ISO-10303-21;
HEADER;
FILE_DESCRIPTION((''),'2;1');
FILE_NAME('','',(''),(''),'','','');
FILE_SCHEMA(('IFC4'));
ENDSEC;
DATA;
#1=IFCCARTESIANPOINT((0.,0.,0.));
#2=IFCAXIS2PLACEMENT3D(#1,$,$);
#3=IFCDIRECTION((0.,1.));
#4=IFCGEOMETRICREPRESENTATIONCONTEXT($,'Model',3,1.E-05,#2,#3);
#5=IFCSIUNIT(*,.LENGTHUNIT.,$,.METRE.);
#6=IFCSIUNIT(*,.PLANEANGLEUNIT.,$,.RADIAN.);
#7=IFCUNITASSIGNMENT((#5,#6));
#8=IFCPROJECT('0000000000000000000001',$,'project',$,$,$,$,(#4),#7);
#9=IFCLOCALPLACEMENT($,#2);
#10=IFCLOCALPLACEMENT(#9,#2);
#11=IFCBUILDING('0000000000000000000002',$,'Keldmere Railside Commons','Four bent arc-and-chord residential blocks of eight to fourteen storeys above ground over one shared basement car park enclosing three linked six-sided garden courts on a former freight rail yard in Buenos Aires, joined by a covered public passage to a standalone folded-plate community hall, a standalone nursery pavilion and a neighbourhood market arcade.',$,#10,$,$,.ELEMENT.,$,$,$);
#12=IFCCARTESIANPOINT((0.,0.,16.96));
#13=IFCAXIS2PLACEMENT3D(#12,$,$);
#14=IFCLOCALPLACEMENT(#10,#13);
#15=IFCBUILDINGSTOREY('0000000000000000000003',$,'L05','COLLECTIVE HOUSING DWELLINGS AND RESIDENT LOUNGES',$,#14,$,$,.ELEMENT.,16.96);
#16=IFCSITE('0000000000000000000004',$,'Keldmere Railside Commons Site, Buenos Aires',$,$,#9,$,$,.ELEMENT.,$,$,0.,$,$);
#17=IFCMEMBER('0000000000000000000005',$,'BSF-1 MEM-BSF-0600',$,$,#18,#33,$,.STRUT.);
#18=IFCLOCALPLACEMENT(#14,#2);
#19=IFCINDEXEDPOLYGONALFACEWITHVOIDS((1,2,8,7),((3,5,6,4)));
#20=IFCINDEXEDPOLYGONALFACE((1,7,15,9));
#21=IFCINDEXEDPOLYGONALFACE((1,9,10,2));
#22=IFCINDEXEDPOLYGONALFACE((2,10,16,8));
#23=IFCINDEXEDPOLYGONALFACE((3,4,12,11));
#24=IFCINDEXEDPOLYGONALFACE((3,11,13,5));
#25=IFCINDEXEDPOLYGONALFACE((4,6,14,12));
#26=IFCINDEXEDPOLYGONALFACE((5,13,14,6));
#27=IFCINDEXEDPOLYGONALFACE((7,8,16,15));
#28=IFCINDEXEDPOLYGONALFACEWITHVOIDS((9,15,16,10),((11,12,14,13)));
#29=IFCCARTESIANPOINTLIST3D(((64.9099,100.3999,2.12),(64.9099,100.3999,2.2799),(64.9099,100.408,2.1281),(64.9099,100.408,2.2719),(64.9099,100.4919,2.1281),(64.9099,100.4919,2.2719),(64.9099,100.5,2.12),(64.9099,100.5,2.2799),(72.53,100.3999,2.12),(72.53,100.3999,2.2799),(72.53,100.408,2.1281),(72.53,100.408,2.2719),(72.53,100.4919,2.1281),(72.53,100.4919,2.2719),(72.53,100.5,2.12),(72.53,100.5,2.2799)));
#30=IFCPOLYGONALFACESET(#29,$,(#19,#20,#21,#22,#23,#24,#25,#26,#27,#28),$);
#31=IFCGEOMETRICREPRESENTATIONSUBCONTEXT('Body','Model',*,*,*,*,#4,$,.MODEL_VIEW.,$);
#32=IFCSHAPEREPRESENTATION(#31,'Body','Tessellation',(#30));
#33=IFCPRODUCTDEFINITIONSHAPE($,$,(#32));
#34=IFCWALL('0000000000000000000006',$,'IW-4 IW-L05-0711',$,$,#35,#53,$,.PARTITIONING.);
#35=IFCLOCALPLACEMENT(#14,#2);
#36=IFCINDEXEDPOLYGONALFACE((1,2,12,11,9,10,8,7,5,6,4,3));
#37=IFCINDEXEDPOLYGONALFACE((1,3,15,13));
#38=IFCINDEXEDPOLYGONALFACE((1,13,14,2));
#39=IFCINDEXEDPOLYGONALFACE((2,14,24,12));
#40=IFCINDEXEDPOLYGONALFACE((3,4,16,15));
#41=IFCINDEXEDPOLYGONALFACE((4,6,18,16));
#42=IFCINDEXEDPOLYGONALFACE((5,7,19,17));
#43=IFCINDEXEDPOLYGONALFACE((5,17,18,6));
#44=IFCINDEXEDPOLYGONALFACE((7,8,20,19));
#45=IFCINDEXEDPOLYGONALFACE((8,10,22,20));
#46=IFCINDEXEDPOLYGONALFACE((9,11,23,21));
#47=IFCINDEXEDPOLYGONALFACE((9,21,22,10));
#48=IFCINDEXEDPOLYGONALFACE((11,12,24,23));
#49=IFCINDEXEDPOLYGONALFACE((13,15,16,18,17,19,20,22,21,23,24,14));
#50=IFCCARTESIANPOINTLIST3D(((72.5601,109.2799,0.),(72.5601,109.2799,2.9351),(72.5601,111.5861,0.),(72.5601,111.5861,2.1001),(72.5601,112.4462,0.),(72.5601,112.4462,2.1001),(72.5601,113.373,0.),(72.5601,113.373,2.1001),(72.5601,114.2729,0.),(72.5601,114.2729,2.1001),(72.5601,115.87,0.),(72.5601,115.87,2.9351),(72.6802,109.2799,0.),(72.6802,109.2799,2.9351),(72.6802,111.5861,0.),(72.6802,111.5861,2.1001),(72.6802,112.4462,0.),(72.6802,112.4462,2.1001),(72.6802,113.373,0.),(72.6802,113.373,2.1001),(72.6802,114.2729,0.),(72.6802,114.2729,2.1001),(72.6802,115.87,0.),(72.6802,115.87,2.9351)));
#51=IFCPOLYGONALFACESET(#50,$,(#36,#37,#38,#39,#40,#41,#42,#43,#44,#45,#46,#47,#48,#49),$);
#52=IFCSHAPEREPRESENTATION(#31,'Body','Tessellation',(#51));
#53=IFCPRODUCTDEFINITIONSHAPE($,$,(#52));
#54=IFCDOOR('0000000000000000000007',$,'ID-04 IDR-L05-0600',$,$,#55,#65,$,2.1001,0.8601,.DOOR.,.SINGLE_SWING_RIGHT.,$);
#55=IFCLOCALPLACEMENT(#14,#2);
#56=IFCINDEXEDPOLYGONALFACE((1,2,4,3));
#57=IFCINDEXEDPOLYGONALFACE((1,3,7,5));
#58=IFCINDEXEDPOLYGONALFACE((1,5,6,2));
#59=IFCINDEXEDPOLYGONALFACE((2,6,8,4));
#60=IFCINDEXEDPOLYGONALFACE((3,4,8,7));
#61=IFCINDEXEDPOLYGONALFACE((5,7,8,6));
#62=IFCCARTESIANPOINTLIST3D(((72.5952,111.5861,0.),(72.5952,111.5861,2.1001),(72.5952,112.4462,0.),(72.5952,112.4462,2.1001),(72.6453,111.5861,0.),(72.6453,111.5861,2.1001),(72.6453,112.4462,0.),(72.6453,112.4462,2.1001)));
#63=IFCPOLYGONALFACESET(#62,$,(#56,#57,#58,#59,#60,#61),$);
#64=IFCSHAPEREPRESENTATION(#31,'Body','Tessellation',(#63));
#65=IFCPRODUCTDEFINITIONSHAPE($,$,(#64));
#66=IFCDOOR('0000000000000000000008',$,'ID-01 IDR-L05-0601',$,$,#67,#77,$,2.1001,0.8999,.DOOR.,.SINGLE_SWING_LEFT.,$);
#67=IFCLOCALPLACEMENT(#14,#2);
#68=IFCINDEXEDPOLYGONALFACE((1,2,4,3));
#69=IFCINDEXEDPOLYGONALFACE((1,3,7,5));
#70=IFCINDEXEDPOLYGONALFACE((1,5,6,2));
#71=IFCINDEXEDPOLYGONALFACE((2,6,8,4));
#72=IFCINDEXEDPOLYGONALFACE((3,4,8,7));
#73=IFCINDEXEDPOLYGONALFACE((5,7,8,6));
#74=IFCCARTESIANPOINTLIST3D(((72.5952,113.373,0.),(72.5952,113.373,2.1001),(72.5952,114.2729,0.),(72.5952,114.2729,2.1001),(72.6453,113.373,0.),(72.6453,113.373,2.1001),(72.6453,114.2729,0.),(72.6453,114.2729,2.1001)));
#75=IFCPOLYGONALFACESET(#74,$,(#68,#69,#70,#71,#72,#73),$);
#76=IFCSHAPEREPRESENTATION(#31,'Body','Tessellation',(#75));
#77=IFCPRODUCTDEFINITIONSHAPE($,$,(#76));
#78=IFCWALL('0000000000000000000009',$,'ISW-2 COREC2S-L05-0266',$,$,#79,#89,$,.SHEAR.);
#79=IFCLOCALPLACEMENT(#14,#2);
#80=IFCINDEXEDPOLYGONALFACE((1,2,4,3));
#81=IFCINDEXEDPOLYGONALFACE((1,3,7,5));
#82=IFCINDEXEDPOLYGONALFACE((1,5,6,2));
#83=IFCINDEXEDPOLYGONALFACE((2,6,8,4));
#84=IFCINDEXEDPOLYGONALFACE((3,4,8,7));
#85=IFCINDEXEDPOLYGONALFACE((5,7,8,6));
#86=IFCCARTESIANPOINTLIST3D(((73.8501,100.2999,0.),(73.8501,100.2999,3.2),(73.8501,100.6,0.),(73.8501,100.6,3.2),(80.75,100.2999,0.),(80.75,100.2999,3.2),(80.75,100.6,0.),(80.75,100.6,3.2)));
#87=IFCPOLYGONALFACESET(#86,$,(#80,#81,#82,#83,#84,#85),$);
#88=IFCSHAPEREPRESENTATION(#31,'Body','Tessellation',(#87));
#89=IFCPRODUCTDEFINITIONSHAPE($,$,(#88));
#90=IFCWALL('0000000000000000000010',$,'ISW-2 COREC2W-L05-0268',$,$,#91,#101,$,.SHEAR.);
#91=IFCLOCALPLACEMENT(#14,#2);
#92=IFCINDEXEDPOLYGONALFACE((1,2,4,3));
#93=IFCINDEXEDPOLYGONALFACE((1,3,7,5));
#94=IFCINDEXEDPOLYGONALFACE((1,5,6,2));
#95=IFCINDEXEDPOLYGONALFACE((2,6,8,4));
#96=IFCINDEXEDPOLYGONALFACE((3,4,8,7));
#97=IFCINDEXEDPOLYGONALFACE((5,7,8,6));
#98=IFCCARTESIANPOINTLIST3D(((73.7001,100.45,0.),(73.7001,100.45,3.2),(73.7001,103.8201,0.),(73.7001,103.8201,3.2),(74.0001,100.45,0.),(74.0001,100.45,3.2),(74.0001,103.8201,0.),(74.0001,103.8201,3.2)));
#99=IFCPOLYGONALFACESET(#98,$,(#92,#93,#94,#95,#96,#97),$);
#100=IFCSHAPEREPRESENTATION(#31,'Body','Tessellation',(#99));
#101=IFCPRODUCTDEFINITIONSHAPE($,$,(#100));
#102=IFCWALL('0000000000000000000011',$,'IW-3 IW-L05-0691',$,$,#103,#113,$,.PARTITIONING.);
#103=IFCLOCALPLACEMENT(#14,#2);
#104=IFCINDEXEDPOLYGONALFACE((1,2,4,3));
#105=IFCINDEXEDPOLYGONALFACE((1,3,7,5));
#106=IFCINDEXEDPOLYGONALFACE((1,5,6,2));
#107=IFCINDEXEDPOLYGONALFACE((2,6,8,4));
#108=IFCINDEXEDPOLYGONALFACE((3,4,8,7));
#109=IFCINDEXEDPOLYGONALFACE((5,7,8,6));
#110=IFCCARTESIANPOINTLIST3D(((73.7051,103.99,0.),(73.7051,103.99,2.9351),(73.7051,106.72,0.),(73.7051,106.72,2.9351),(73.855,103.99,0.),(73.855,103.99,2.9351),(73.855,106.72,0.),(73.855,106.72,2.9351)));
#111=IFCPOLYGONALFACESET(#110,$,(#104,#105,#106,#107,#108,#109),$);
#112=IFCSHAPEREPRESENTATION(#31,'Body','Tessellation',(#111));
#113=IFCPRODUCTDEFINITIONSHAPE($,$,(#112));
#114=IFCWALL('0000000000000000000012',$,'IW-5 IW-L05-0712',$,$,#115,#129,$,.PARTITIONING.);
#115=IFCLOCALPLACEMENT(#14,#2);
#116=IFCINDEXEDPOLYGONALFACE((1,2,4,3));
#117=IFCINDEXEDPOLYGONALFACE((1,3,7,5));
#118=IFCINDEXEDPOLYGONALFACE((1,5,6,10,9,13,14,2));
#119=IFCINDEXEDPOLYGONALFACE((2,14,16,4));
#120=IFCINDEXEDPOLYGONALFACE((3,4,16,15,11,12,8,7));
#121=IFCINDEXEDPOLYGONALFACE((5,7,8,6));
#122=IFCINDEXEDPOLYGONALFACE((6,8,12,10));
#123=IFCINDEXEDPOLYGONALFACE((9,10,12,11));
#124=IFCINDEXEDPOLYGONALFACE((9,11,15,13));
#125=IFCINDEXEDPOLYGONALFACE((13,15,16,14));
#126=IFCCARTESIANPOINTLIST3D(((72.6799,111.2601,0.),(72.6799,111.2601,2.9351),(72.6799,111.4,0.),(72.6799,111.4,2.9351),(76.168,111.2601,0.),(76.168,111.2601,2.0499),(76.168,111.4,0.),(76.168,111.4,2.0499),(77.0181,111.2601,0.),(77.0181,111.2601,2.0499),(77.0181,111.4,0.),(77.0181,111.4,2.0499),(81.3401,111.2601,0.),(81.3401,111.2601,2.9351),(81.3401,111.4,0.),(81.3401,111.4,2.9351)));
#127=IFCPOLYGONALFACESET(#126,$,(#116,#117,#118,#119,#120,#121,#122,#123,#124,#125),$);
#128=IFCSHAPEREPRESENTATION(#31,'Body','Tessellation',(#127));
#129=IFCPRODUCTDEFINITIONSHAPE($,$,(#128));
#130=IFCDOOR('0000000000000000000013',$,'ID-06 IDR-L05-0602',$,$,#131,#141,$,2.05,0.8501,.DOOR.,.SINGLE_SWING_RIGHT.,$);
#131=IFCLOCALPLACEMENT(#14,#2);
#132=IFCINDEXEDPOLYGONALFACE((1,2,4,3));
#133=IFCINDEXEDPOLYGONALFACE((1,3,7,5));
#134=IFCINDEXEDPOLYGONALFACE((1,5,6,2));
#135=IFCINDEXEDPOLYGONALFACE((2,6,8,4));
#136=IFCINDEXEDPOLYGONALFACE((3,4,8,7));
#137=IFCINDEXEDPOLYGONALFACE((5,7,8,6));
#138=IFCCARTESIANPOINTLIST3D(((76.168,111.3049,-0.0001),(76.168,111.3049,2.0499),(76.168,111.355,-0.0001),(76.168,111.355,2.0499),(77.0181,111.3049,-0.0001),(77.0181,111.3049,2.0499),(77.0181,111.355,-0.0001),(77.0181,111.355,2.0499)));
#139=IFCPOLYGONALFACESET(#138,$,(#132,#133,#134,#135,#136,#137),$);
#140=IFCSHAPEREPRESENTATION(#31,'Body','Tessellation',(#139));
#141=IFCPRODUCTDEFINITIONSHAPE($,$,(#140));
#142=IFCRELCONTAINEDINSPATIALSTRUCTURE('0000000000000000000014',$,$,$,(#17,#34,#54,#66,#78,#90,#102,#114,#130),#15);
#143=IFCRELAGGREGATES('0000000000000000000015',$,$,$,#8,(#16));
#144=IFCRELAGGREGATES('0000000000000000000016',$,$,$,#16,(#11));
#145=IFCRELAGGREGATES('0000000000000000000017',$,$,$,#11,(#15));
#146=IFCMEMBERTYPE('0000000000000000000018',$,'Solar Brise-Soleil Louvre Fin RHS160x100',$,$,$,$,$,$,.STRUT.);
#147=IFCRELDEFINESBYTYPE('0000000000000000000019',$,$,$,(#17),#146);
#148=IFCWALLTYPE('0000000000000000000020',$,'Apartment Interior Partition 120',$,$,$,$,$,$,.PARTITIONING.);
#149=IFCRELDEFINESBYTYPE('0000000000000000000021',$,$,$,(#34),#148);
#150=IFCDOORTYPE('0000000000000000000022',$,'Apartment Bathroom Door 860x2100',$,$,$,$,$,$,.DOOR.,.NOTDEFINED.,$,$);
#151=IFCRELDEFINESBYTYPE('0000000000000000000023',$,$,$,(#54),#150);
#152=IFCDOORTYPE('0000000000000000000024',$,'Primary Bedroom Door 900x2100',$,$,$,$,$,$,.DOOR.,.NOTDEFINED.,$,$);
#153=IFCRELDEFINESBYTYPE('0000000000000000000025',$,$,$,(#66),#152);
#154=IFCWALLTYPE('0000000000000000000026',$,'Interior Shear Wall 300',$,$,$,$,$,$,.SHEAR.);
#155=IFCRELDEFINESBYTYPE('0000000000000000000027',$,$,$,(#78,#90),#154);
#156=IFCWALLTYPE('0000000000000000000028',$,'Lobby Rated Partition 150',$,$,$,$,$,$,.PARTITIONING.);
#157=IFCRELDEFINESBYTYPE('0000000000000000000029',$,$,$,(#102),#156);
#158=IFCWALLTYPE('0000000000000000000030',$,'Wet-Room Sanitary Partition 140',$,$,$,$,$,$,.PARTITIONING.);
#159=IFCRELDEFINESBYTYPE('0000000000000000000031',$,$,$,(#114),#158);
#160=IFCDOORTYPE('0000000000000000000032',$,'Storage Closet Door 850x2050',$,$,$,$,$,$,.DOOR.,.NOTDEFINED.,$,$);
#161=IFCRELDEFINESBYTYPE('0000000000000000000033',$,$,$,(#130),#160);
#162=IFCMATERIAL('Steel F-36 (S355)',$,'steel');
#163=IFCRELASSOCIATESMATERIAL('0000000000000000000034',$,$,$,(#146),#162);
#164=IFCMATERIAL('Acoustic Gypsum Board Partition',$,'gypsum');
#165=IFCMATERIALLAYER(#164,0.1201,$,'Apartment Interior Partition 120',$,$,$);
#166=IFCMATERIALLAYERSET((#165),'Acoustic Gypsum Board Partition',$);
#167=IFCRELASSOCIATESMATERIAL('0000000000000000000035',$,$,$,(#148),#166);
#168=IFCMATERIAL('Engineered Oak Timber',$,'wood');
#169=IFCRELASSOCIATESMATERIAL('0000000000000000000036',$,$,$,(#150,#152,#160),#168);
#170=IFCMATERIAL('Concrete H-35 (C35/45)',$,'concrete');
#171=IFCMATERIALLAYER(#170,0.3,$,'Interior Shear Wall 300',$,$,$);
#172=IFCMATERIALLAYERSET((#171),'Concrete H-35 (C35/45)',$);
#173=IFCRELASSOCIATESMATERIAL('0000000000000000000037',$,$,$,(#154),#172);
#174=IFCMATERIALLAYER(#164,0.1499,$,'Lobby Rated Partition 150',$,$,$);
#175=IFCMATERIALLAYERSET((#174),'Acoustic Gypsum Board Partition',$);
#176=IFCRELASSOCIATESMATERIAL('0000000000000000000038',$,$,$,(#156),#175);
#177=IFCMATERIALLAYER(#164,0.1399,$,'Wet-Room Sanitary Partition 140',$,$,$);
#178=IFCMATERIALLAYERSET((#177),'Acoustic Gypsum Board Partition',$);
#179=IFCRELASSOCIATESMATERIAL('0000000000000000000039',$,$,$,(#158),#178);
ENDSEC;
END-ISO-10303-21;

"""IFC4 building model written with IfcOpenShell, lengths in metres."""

from ifc_helpers import new_model, si_unit, direction, frame, frame_2d, origin, origin_2d, place, context, subcontext, project, spatial, rectangle, hollow_rectangle, extrude, material, layer, layer_set, material_profile, profile_set, type_object, element, fill, save


model = new_model("IFC4")

# Units and contexts
model_context = context("Model", 3, precision=1e-05, world=origin(), true_north=direction((0.0, 1.0)))
body_context = subcontext(model_context, "Body", "Model", "MODEL_VIEW")
ifc_project = project(units=[si_unit("LENGTHUNIT", "METRE"), si_unit("PLANEANGLEUNIT", "RADIAN")], contexts=[model_context])

# Site, building, storey
site_placement = place(None, origin())
site = spatial("IfcSite", under=ifc_project, at=site_placement, Name="Keldmere Railside Commons Site, Buenos Aires", CompositionType="ELEMENT", RefElevation=0.0)
building_placement = place(site_placement, origin())
building = spatial("IfcBuilding", under=site, at=building_placement, Name="Keldmere Railside Commons", Description="Four bent arc-and-chord residential blocks of eight to fourteen storeys above ground over one shared basement car park enclosing three linked six-sided garden courts on a former freight rail yard in Buenos Aires, joined by a covered public passage to a standalone folded-plate community hall, a standalone nursery pavilion and a neighbourhood market arcade.", CompositionType="ELEMENT")
storey_placement = place(building_placement, frame((0.0, 0.0, 16.96)))
storey = spatial("IfcBuildingStorey", under=building, at=storey_placement, Name="L05", Description="COLLECTIVE HOUSING DWELLINGS AND RESIDENT LOUNGES", CompositionType="ELEMENT", Elevation=16.96)

# Shared definitions
ifc_material_1 = material(Name="Concrete H-35 (C35/45)", Category="concrete")

# Shared definitions
ifc_material_2 = material(Name="Steel F-36 (S355)", Category="steel")

# Member
ifc_material_profile_1 = material_profile(ifc_material_2, hollow_rectangle(XDim=0.1001, YDim=0.1599, WallThickness=0.0081, at=origin_2d()), Name="RHS-160x100x8")
ifc_profile_set_1 = profile_set([ifc_material_profile_1], Name="Steel F-36 (S355)")
member_type_1 = type_object("IfcMemberType", Name="Solar Brise-Soleil Louvre Fin RHS160x100", PredefinedType="STRUT", material=ifc_profile_set_1)
for number, where, z_axis, x_axis, name in (
    (1, (64.9099, 100.45, 2.2), (1.0, 0.0, 0.0), (0.0, 1.0, 0.0), "BSF-1 MEM-BSF-0600"),
):
    element("IfcMember", number, at=place(storey_placement, frame(where, z_axis=z_axis, x_axis=x_axis)), inside=storey, type_object=member_type_1, Name=name, PredefinedType="STRUT", context=body_context, shape_type="SweptSolid", body=[
        extrude(hollow_rectangle(XDim=0.1001, YDim=0.1599, WallThickness=0.0081, at=origin_2d()), origin(), (0.0, 0.0, 1.0), 7.6201),
    ])

# Wall, openings, doors
ifc_material_3 = material(Name="Acoustic Gypsum Board Partition", Category="gypsum")
ifc_layer_1 = layer(ifc_material_3, 0.1201, Name="Apartment Interior Partition 120")
ifc_layer_set_1 = layer_set([ifc_layer_1], Name="Acoustic Gypsum Board Partition")
wall_type_1 = type_object("IfcWallType", Name="Apartment Interior Partition 120", PredefinedType="PARTITIONING", material=ifc_layer_set_1)
wall_1_placement = place(storey_placement, frame((72.6201, 109.28, 0.0), z_axis=(0.0, 0.0, 1.0), x_axis=(0.0, 1.0, 0.0)))
wall_1 = element("IfcWall", 2, at=wall_1_placement, inside=storey, type_object=wall_type_1, Name="IW-4 IW-L05-0711", PredefinedType="PARTITIONING", context=body_context, shape_type="SweptSolid", body=[
    extrude(rectangle(XDim=6.5901, YDim=0.1201, at=frame_2d((3.2949, 0.0))), origin(), (0.0, 0.0, 1.0), 2.9351),
])
opening_1_placement = place(wall_1_placement, frame((2.3059, 0.0, 0.0)))
opening_1 = element("IfcOpeningElement", 3, at=opening_1_placement, cuts=wall_1, PredefinedType="OPENING", context=body_context, shape_type="SweptSolid", body=[
    extrude(rectangle(XDim=0.8601, YDim=2.1001, at=frame_2d((0.4302, 1.05))), frame((0.0, 0.0701, 0.0), z_axis=(0.0, -1.0, 0.0), x_axis=(1.0, 0.0, 0.0)), (0.0, 0.0, 1.0), 0.1401),
])
opening_2_placement = place(wall_1_placement, frame((4.093, 0.0, 0.0)))
opening_2 = element("IfcOpeningElement", 4, at=opening_2_placement, cuts=wall_1, PredefinedType="OPENING", context=body_context, shape_type="SweptSolid", body=[
    extrude(rectangle(XDim=0.8999, YDim=2.1001, at=frame_2d((0.45, 1.05))), frame((0.0, 0.0701, 0.0), z_axis=(0.0, -1.0, 0.0), x_axis=(1.0, 0.0, 0.0)), (0.0, 0.0, 1.0), 0.1401),
])
ifc_material_4 = material(Name="Engineered Oak Timber", Category="wood")
door_type_1 = type_object("IfcDoorType", Name="Apartment Bathroom Door 860x2100", OperationType="NOTDEFINED", PredefinedType="DOOR", material=ifc_material_4)
door_1_placement = place(opening_1_placement, origin())
door_1 = element("IfcDoor", 5, at=door_1_placement, inside=storey, type_object=door_type_1, Name="ID-04 IDR-L05-0600", OperationType="SINGLE_SWING_RIGHT", OverallHeight=2.1001, OverallWidth=0.8601, PredefinedType="DOOR", context=body_context, shape_type="SweptSolid", body=[
    extrude(rectangle(XDim=0.8601, YDim=2.1001, at=frame_2d((0.4302, 1.05))), frame((0.0, 0.0249, 0.0), z_axis=(0.0, -1.0, 0.0), x_axis=(1.0, 0.0, 0.0)), (0.0, 0.0, 1.0), 0.05),
])
fill(opening_1, door_1)
door_type_2 = type_object("IfcDoorType", Name="Primary Bedroom Door 900x2100", OperationType="NOTDEFINED", PredefinedType="DOOR", material=ifc_material_4)
door_2_placement = place(opening_2_placement, origin())
door_2 = element("IfcDoor", 6, at=door_2_placement, inside=storey, type_object=door_type_2, Name="ID-01 IDR-L05-0601", OperationType="SINGLE_SWING_LEFT", OverallHeight=2.1001, OverallWidth=0.8999, PredefinedType="DOOR", context=body_context, shape_type="SweptSolid", body=[
    extrude(rectangle(XDim=0.8999, YDim=2.1001, at=frame_2d((0.45, 1.05))), frame((0.0, 0.0249, 0.0), z_axis=(0.0, -1.0, 0.0), x_axis=(1.0, 0.0, 0.0)), (0.0, 0.0, 1.0), 0.05),
])
fill(opening_2, door_2)

# Walls
ifc_layer_2 = layer(ifc_material_1, 0.3, Name="Interior Shear Wall 300")
ifc_layer_set_2 = layer_set([ifc_layer_2], Name="Concrete H-35 (C35/45)")
wall_type_2 = type_object("IfcWallType", Name="Interior Shear Wall 300", PredefinedType="SHEAR", material=ifc_layer_set_2)
wall_2_placement = place(storey_placement, frame((73.8501, 100.45, 0.0), z_axis=(0.0, 0.0, 1.0), x_axis=(1.0, 0.0, 0.0)))
element("IfcWall", 7, at=wall_2_placement, inside=storey, type_object=wall_type_2, Name="ISW-2 COREC2S-L05-0266", PredefinedType="SHEAR", context=body_context, shape_type="SweptSolid", body=[
    extrude(rectangle(XDim=6.8999, YDim=0.3, at=frame_2d((3.45, 0.0))), origin(), (0.0, 0.0, 1.0), 3.2),
])
wall_3_placement = place(storey_placement, frame((73.8501, 103.8201, 0.0), z_axis=(0.0, 0.0, 1.0), x_axis=(0.0, -1.0, 0.0)))
element("IfcWall", 8, at=wall_3_placement, inside=storey, type_object=wall_type_2, Name="ISW-2 COREC2W-L05-0268", PredefinedType="SHEAR", context=body_context, shape_type="SweptSolid", body=[
    extrude(rectangle(XDim=3.3701, YDim=0.3, at=frame_2d((1.6851, 0.0))), origin(), (0.0, 0.0, 1.0), 3.2),
])
ifc_layer_3 = layer(ifc_material_3, 0.1499, Name="Lobby Rated Partition 150")
ifc_layer_set_3 = layer_set([ifc_layer_3], Name="Acoustic Gypsum Board Partition")
wall_type_3 = type_object("IfcWallType", Name="Lobby Rated Partition 150", PredefinedType="PARTITIONING", material=ifc_layer_set_3)
wall_4_placement = place(storey_placement, frame((73.78, 103.99, 0.0), z_axis=(0.0, 0.0, 1.0), x_axis=(0.0, 1.0, 0.0)))
element("IfcWall", 9, at=wall_4_placement, inside=storey, type_object=wall_type_3, Name="IW-3 IW-L05-0691", PredefinedType="PARTITIONING", context=body_context, shape_type="SweptSolid", body=[
    extrude(rectangle(XDim=2.73, YDim=0.1499, at=frame_2d((1.365, 0.0))), origin(), (0.0, 0.0, 1.0), 2.9351),
])

# Wall, opening, door
ifc_layer_4 = layer(ifc_material_3, 0.1399, Name="Wet-Room Sanitary Partition 140")
ifc_layer_set_4 = layer_set([ifc_layer_4], Name="Acoustic Gypsum Board Partition")
wall_type_4 = type_object("IfcWallType", Name="Wet-Room Sanitary Partition 140", PredefinedType="PARTITIONING", material=ifc_layer_set_4)
wall_5_placement = place(storey_placement, frame((72.6799, 111.3301, 0.0), z_axis=(0.0, 0.0, 1.0), x_axis=(1.0, 0.0, 0.0)))
wall_5 = element("IfcWall", 10, at=wall_5_placement, inside=storey, type_object=wall_type_4, Name="IW-5 IW-L05-0712", PredefinedType="PARTITIONING", context=body_context, shape_type="SweptSolid", body=[
    extrude(rectangle(XDim=8.6602, YDim=0.1399, at=frame_2d((4.3301, 0.0))), origin(), (0.0, 0.0, 1.0), 2.9351),
])
opening_3_placement = place(wall_5_placement, frame((3.488, 0.0, 0.0)))
opening_3 = element("IfcOpeningElement", 11, at=opening_3_placement, cuts=wall_5, PredefinedType="OPENING", context=body_context, shape_type="SweptSolid", body=[
    extrude(rectangle(XDim=0.8501, YDim=2.05, at=frame_2d((0.425, 1.0249))), frame((0.0, 0.0798, 0.0), z_axis=(0.0, -1.0, 0.0), x_axis=(1.0, 0.0, 0.0)), (0.0, 0.0, 1.0), 0.1599),
])
door_type_3 = type_object("IfcDoorType", Name="Storage Closet Door 850x2050", OperationType="NOTDEFINED", PredefinedType="DOOR", material=ifc_material_4)
door_3_placement = place(opening_3_placement, origin())
door_3 = element("IfcDoor", 12, at=door_3_placement, inside=storey, type_object=door_type_3, Name="ID-06 IDR-L05-0602", OperationType="SINGLE_SWING_RIGHT", OverallHeight=2.05, OverallWidth=0.8501, PredefinedType="DOOR", context=body_context, shape_type="SweptSolid", body=[
    extrude(rectangle(XDim=0.8501, YDim=2.05, at=frame_2d((0.425, 1.0249))), frame((0.0, 0.0249, 0.0), z_axis=(0.0, -1.0, 0.0), x_axis=(1.0, 0.0, 0.0)), (0.0, 0.0, 1.0), 0.05),
])
fill(opening_3, door_3)

save(model, "model.ifc")
